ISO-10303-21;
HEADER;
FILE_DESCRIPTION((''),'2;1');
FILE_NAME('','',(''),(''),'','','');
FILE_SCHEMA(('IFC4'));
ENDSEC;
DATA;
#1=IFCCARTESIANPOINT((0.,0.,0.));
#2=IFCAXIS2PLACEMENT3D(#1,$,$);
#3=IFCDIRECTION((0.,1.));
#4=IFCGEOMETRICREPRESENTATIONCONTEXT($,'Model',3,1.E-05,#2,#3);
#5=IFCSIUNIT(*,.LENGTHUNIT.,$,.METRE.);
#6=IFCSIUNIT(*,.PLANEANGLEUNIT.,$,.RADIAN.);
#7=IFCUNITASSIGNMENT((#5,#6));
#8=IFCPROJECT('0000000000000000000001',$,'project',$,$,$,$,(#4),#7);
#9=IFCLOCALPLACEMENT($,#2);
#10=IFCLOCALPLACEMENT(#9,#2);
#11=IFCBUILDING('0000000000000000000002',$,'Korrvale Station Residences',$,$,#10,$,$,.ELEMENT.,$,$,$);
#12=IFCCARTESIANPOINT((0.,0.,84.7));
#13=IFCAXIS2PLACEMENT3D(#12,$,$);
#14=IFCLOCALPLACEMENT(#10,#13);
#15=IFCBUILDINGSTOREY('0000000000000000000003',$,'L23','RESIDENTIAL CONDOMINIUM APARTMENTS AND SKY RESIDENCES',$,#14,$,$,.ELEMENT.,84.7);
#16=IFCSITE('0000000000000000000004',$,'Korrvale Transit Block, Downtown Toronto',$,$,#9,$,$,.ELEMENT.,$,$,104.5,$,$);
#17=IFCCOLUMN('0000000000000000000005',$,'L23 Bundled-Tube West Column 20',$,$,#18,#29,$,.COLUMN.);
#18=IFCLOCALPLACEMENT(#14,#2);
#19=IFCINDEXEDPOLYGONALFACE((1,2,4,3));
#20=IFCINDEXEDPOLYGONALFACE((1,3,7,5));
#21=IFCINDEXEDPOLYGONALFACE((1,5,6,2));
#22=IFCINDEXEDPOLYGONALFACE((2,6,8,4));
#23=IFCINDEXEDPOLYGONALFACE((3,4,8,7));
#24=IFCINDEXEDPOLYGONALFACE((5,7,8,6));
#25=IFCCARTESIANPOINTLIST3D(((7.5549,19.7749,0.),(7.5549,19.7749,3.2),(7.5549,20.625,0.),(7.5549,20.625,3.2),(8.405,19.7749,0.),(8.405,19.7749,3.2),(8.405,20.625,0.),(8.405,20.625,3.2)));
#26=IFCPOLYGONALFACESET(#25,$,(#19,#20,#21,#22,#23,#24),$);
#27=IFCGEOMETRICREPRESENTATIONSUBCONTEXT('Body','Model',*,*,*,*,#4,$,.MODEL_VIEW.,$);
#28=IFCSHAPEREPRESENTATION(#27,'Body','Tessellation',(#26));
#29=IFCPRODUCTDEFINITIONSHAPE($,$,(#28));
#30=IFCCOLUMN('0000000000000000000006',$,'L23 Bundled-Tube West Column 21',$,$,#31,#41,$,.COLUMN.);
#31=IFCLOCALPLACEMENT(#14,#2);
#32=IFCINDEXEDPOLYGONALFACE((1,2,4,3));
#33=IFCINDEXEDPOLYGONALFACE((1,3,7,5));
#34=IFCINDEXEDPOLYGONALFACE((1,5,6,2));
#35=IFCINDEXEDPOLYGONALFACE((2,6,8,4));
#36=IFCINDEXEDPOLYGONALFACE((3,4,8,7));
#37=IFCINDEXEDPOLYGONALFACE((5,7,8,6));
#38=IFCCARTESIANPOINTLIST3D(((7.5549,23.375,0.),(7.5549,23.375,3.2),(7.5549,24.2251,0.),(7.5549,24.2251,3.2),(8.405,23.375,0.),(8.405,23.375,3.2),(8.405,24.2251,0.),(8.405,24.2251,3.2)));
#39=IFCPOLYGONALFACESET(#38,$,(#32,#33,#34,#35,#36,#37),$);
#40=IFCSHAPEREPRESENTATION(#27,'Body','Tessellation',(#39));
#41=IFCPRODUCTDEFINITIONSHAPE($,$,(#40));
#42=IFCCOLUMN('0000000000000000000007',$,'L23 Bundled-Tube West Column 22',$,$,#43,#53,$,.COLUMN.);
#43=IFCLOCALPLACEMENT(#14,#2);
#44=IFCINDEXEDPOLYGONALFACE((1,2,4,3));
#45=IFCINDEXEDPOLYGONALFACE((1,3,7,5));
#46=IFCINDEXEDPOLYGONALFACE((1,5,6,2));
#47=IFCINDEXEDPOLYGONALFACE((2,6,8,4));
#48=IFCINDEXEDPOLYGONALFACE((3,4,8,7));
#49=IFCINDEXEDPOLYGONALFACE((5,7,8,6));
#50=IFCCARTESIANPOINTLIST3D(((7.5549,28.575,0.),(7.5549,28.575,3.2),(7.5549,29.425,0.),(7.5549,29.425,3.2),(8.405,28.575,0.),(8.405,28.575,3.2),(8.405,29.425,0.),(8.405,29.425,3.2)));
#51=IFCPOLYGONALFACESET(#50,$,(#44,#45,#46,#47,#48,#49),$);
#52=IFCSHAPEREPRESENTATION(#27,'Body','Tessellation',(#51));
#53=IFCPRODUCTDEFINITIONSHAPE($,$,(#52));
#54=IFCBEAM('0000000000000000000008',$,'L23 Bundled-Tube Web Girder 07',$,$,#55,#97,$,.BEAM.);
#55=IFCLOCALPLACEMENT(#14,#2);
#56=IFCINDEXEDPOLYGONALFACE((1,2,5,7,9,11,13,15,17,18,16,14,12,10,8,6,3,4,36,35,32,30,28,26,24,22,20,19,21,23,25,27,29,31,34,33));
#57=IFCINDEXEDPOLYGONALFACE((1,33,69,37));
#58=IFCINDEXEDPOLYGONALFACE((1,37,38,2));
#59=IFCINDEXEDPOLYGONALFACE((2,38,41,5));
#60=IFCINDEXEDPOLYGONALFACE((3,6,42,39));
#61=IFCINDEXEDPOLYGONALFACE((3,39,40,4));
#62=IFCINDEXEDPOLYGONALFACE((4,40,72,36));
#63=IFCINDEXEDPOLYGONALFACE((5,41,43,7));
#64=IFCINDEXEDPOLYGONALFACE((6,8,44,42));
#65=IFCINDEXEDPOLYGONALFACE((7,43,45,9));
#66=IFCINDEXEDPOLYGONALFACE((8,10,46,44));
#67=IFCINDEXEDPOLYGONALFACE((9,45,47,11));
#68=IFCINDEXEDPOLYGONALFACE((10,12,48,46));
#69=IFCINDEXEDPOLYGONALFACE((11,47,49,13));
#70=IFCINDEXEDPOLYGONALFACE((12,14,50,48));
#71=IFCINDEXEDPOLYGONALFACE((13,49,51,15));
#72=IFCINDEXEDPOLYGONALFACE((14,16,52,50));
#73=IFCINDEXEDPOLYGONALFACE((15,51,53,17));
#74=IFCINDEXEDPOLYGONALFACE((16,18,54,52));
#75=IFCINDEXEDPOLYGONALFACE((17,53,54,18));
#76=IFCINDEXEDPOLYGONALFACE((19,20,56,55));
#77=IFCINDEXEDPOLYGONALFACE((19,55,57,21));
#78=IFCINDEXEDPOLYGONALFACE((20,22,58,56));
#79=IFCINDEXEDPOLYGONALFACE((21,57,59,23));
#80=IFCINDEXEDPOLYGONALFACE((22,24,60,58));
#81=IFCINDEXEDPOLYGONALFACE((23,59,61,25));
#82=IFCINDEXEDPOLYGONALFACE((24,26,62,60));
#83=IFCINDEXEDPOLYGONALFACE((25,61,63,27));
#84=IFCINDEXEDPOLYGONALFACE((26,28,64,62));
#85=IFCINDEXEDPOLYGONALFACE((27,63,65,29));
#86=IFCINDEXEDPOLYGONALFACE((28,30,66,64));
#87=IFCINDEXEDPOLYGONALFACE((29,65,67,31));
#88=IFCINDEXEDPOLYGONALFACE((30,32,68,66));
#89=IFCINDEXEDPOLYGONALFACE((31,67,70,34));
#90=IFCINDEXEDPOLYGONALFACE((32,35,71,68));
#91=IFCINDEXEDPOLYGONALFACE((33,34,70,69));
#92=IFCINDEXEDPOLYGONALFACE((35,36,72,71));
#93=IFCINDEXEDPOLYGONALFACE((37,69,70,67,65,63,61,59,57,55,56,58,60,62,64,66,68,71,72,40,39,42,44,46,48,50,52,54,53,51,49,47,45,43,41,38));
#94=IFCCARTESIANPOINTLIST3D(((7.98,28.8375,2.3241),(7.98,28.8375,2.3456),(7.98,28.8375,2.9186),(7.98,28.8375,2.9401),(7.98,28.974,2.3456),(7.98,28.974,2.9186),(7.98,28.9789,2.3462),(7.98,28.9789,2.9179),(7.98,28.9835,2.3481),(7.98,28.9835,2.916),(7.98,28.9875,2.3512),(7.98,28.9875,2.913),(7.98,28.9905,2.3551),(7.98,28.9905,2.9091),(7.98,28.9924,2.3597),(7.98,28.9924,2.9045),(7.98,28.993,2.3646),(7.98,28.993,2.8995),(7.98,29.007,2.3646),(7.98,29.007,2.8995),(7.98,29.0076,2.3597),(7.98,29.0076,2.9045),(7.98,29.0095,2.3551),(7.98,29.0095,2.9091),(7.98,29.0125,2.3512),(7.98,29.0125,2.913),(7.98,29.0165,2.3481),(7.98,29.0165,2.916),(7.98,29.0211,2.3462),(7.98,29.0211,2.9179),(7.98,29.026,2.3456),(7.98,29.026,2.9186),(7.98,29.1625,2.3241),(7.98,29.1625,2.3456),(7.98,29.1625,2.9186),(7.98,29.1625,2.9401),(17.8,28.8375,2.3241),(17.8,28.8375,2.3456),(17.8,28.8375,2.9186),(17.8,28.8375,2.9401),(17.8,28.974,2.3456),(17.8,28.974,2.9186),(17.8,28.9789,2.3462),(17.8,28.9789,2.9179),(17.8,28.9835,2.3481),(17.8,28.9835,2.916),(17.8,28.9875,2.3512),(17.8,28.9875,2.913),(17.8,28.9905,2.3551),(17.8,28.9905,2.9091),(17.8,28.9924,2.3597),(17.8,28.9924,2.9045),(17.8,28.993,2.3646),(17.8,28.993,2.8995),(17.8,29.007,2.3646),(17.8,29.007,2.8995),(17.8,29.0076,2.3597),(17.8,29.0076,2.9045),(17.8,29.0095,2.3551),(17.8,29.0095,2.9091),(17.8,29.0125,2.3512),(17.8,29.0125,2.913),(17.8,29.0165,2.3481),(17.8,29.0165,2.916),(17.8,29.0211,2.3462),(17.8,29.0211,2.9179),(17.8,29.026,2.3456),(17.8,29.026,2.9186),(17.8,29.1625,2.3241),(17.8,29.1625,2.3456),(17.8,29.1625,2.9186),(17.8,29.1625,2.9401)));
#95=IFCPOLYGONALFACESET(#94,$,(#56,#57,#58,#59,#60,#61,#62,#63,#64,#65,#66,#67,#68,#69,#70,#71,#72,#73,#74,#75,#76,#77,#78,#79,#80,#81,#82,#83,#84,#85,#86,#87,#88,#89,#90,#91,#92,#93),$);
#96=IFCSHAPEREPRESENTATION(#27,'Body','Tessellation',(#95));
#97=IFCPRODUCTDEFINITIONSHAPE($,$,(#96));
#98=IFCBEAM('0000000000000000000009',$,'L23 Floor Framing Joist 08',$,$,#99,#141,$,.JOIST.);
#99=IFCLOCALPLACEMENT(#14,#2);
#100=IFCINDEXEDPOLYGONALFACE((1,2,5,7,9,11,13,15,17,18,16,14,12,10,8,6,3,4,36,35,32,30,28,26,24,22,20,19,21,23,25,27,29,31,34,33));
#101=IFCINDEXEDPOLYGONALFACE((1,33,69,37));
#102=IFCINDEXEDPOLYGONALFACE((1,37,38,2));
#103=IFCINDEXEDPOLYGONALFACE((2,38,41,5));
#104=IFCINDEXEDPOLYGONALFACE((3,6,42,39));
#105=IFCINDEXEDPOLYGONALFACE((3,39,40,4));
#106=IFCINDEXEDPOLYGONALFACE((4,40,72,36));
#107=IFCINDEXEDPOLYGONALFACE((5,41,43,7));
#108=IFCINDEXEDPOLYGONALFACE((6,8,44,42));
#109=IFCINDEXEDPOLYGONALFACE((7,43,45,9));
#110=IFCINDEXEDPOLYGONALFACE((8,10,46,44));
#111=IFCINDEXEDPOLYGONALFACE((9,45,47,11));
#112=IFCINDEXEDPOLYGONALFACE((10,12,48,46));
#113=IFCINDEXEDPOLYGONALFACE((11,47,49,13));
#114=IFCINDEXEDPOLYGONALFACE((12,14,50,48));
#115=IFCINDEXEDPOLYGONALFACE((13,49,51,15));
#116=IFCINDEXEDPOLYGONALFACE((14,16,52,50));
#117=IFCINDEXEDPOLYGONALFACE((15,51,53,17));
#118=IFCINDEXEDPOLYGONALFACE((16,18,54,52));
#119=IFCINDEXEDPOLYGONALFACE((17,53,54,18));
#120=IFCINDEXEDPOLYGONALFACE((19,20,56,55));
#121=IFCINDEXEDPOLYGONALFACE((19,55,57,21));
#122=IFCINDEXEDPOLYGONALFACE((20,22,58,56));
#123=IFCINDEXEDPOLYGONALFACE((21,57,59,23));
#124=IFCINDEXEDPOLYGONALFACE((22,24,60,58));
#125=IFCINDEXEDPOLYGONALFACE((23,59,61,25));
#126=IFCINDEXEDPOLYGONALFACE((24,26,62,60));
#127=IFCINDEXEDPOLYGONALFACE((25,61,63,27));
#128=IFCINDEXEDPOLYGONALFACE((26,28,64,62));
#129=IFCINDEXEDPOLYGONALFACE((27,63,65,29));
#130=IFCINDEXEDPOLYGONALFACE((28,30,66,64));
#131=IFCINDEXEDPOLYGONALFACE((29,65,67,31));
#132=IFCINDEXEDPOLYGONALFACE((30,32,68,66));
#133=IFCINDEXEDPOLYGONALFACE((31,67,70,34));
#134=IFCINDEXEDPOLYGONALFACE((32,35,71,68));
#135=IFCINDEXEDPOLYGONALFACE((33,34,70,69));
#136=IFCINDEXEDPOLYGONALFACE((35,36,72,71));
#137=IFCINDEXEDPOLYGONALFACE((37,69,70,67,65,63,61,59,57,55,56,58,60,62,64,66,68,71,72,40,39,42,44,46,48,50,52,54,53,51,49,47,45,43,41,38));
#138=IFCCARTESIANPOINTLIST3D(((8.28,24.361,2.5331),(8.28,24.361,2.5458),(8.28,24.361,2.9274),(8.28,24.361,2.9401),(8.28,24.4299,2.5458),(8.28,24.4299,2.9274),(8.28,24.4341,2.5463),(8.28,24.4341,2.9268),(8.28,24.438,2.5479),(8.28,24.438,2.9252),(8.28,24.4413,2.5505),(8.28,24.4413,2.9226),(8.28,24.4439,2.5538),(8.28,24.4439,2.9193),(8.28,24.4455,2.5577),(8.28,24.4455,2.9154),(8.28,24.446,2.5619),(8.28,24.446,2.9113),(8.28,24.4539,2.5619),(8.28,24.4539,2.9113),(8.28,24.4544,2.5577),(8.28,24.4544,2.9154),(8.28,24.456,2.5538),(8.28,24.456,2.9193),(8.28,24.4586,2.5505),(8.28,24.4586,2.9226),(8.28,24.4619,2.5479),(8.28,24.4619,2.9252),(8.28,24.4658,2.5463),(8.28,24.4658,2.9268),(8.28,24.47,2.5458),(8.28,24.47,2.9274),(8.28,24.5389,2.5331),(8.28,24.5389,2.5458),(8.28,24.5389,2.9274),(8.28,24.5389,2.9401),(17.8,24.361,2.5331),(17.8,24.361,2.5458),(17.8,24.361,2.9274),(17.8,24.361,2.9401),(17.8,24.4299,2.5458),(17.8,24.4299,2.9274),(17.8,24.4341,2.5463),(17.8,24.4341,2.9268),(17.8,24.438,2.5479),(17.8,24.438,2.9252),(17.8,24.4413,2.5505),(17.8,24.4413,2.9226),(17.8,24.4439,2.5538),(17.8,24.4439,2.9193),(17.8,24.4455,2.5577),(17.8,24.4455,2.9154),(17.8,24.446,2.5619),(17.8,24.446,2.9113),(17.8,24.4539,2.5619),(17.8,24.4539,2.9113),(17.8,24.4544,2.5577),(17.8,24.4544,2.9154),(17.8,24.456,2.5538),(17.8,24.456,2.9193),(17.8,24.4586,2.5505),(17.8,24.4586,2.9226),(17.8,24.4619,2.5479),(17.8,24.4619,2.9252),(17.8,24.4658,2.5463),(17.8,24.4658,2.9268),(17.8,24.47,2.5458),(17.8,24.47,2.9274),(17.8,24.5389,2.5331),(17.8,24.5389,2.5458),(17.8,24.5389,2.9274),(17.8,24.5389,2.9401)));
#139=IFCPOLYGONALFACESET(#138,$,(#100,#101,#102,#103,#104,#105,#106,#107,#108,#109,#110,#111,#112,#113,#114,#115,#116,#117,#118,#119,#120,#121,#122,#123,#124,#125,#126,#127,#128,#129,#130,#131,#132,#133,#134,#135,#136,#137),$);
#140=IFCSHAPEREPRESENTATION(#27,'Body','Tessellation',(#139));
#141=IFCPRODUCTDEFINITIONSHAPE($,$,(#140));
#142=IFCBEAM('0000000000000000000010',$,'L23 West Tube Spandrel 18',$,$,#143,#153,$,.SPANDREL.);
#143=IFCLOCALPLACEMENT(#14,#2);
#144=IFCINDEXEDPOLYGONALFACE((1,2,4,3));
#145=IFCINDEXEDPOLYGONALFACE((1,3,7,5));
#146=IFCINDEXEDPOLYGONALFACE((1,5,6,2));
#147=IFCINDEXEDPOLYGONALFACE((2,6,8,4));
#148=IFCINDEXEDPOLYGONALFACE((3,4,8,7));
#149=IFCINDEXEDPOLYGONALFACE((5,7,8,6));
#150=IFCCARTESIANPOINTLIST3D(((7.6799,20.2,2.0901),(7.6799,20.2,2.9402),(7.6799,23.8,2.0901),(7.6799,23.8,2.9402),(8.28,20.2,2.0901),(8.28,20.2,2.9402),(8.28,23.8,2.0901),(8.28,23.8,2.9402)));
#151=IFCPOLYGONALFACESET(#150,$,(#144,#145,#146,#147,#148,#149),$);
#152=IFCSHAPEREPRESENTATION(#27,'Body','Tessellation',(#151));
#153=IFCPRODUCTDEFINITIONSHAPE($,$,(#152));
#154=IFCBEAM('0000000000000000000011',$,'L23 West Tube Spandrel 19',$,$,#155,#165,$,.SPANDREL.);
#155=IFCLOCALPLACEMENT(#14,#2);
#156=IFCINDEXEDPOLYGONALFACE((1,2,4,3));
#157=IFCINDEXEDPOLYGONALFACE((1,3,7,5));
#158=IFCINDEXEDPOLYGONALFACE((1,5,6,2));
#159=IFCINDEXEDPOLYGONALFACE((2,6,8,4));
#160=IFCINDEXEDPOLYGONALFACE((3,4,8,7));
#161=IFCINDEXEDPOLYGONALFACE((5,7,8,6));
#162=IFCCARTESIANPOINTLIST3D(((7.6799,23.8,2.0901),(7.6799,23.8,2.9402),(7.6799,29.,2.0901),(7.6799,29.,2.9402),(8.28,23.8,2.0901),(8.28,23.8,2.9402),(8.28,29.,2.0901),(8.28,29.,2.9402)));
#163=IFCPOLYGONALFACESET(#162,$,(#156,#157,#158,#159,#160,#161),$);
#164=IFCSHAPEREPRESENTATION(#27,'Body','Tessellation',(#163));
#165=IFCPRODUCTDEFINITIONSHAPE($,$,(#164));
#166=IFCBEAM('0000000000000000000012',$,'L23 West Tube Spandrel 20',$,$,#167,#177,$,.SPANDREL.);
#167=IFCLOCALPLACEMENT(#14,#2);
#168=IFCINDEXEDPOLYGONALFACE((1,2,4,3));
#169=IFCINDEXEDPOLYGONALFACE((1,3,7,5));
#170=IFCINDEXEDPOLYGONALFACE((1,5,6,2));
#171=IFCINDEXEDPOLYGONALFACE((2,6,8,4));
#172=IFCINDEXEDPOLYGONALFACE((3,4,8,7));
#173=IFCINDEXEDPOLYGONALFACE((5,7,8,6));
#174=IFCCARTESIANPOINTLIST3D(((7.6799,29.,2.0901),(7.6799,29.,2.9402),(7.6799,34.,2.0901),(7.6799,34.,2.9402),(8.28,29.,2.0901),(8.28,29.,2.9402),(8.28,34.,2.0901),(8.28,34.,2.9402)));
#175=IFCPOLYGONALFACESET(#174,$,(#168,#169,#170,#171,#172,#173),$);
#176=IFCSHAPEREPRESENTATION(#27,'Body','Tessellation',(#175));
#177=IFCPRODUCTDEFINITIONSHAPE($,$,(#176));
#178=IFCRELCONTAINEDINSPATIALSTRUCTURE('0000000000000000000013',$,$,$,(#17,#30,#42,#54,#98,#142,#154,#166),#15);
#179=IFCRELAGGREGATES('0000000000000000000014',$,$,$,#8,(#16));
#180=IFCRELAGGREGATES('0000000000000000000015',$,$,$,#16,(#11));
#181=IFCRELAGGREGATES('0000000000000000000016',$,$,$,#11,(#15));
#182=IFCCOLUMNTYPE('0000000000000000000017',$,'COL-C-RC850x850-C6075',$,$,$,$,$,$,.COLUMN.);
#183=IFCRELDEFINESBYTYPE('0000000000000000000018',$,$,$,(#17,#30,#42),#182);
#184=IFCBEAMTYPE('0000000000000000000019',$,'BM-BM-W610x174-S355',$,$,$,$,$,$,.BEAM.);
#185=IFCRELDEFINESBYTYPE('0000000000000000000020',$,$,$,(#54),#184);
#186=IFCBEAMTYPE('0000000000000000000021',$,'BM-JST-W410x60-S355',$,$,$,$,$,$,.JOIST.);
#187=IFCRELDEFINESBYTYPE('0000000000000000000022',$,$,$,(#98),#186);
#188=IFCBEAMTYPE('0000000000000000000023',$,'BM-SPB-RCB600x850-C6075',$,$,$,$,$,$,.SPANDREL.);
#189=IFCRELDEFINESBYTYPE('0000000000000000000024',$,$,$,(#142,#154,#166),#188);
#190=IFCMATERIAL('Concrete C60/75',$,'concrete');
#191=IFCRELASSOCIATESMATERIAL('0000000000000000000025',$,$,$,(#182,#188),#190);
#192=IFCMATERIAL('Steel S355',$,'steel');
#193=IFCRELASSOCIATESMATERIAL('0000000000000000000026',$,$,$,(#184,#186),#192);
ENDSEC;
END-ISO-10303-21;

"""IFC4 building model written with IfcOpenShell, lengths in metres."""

from ifc_helpers import new_model, si_unit, direction, frame, origin, origin_2d, place, context, subcontext, project, spatial, rectangle, i_section, extrude, material, material_profile, profile_set, type_object, element, save


model = new_model("IFC4")

# Units and contexts
model_context = context("Model", 3, precision=1e-05, world=origin(), true_north=direction((0.0, 1.0)))
body_context = subcontext(model_context, "Body", "Model", "MODEL_VIEW")
ifc_project = project(units=[si_unit("LENGTHUNIT", "METRE"), si_unit("PLANEANGLEUNIT", "RADIAN")], contexts=[model_context])

# Site, building, storey
site_placement = place(None, origin())
site = spatial("IfcSite", under=ifc_project, at=site_placement, Name="Korrvale Transit Block, Downtown Toronto", CompositionType="ELEMENT", RefElevation=104.5)
building_placement = place(site_placement, origin())
building = spatial("IfcBuilding", under=site, at=building_placement, Name="Korrvale Station Residences", CompositionType="ELEMENT")
storey_placement = place(building_placement, frame((0.0, 0.0, 84.7)))
storey = spatial("IfcBuildingStorey", under=building, at=storey_placement, Name="L23", Description="RESIDENTIAL CONDOMINIUM APARTMENTS AND SKY RESIDENCES", CompositionType="ELEMENT", Elevation=84.7)

# Columns
ifc_material_1 = material(Name="Concrete C60/75", Category="concrete")
ifc_material_profile_1 = material_profile(ifc_material_1, rectangle(XDim=0.8501, YDim=0.8501, at=origin_2d()), Name="RC850x850")
ifc_profile_set_1 = profile_set([ifc_material_profile_1], Name="Concrete C60/75")
column_type = type_object("IfcColumnType", Name="COL-C-RC850x850-C6075", PredefinedType="COLUMN", material=ifc_profile_set_1)
for number, where, z_axis, x_axis, name in (
    (1, (7.98, 20.2, 0.0), (0.0, 0.0, 1.0), (1.0, 0.0, 0.0), "L23 Bundled-Tube West Column 20"),
    (2, (7.98, 23.8, 0.0), (0.0, 0.0, 1.0), (1.0, 0.0, 0.0), "L23 Bundled-Tube West Column 21"),
    (3, (7.98, 29.0, 0.0), (0.0, 0.0, 1.0), (1.0, 0.0, 0.0), "L23 Bundled-Tube West Column 22"),
):
    element("IfcColumn", number, at=place(storey_placement, frame(where, z_axis=z_axis, x_axis=x_axis)), inside=storey, type_object=column_type, Name=name, PredefinedType="COLUMN", context=body_context, shape_type="SweptSolid", body=[
        extrude(rectangle(XDim=0.8501, YDim=0.8501, at=origin_2d()), origin(), (0.0, 0.0, 1.0), 3.2),
    ])

# Beams
ifc_material_2 = material(Name="Steel S355", Category="steel")
ifc_material_profile_2 = material_profile(ifc_material_2, i_section(OverallWidth=0.325, OverallDepth=0.616, WebThickness=0.0139, FlangeThickness=0.0215, FilletRadius=0.019, at=origin_2d()), Name="W610x174")
ifc_profile_set_2 = profile_set([ifc_material_profile_2], Name="Steel S355")
beam_type_1 = type_object("IfcBeamType", Name="BM-BM-W610x174-S355", PredefinedType="BEAM", material=ifc_profile_set_2)
beam_1_placement = place(storey_placement, frame((7.98, 29.0, 2.6321), z_axis=(1.0, 0.0, 0.0), x_axis=(0.0, 1.0, 0.0)))
element("IfcBeam", 4, at=beam_1_placement, inside=storey, type_object=beam_type_1, Name="L23 Bundled-Tube Web Girder 07", PredefinedType="BEAM", context=body_context, shape_type="SweptSolid", body=[
    extrude(i_section(OverallWidth=0.325, OverallDepth=0.616, WebThickness=0.0139, FlangeThickness=0.0215, FilletRadius=0.019, at=origin_2d()), origin(), (0.0, 0.0, 1.0), 9.8201),
])
ifc_material_profile_3 = material_profile(ifc_material_2, i_section(OverallWidth=0.178, OverallDepth=0.407, WebThickness=0.0078, FlangeThickness=0.0127, FilletRadius=0.0161, at=origin_2d()), Name="W410x60")
ifc_profile_set_3 = profile_set([ifc_material_profile_3], Name="Steel S355")
beam_type_2 = type_object("IfcBeamType", Name="BM-JST-W410x60-S355", PredefinedType="JOIST", material=ifc_profile_set_3)
beam_2_placement = place(storey_placement, frame((8.28, 24.45, 2.7366), z_axis=(1.0, 0.0, 0.0), x_axis=(0.0, 1.0, 0.0)))
element("IfcBeam", 5, at=beam_2_placement, inside=storey, type_object=beam_type_2, Name="L23 Floor Framing Joist 08", PredefinedType="JOIST", context=body_context, shape_type="SweptSolid", body=[
    extrude(i_section(OverallWidth=0.178, OverallDepth=0.407, WebThickness=0.0078, FlangeThickness=0.0127, FilletRadius=0.0161, at=origin_2d()), origin(), (0.0, 0.0, 1.0), 9.52),
])
ifc_material_profile_4 = material_profile(ifc_material_1, rectangle(XDim=0.6001, YDim=0.8501, at=origin_2d()), Name="RCB600x850")
ifc_profile_set_4 = profile_set([ifc_material_profile_4], Name="Concrete C60/75")
beam_type_3 = type_object("IfcBeamType", Name="BM-SPB-RCB600x850-C6075", PredefinedType="SPANDREL", material=ifc_profile_set_4)
beam_3_placement = place(storey_placement, frame((7.98, 20.2, 2.5151), z_axis=(0.0, 1.0, 0.0), x_axis=(-1.0, 0.0, 0.0)))
element("IfcBeam", 6, at=beam_3_placement, inside=storey, type_object=beam_type_3, Name="L23 West Tube Spandrel 18", PredefinedType="SPANDREL", context=body_context, shape_type="SweptSolid", body=[
    extrude(rectangle(XDim=0.6001, YDim=0.8501, at=origin_2d()), origin(), (0.0, 0.0, 1.0), 3.6001),
])
beam_4_placement = place(storey_placement, frame((7.98, 23.8, 2.5151), z_axis=(0.0, 1.0, 0.0), x_axis=(-1.0, 0.0, 0.0)))
element("IfcBeam", 7, at=beam_4_placement, inside=storey, type_object=beam_type_3, Name="L23 West Tube Spandrel 19", PredefinedType="SPANDREL", context=body_context, shape_type="SweptSolid", body=[
    extrude(rectangle(XDim=0.6001, YDim=0.8501, at=origin_2d()), origin(), (0.0, 0.0, 1.0), 5.2),
])
beam_5_placement = place(storey_placement, frame((7.98, 29.0, 2.5151), z_axis=(0.0, 1.0, 0.0), x_axis=(-1.0, 0.0, 0.0)))
element("IfcBeam", 8, at=beam_5_placement, inside=storey, type_object=beam_type_3, Name="L23 West Tube Spandrel 20", PredefinedType="SPANDREL", context=body_context, shape_type="SweptSolid", body=[
    extrude(rectangle(XDim=0.6001, YDim=0.8501, at=origin_2d()), origin(), (0.0, 0.0, 1.0), 5.0),
])

save(model, "model.ifc")
